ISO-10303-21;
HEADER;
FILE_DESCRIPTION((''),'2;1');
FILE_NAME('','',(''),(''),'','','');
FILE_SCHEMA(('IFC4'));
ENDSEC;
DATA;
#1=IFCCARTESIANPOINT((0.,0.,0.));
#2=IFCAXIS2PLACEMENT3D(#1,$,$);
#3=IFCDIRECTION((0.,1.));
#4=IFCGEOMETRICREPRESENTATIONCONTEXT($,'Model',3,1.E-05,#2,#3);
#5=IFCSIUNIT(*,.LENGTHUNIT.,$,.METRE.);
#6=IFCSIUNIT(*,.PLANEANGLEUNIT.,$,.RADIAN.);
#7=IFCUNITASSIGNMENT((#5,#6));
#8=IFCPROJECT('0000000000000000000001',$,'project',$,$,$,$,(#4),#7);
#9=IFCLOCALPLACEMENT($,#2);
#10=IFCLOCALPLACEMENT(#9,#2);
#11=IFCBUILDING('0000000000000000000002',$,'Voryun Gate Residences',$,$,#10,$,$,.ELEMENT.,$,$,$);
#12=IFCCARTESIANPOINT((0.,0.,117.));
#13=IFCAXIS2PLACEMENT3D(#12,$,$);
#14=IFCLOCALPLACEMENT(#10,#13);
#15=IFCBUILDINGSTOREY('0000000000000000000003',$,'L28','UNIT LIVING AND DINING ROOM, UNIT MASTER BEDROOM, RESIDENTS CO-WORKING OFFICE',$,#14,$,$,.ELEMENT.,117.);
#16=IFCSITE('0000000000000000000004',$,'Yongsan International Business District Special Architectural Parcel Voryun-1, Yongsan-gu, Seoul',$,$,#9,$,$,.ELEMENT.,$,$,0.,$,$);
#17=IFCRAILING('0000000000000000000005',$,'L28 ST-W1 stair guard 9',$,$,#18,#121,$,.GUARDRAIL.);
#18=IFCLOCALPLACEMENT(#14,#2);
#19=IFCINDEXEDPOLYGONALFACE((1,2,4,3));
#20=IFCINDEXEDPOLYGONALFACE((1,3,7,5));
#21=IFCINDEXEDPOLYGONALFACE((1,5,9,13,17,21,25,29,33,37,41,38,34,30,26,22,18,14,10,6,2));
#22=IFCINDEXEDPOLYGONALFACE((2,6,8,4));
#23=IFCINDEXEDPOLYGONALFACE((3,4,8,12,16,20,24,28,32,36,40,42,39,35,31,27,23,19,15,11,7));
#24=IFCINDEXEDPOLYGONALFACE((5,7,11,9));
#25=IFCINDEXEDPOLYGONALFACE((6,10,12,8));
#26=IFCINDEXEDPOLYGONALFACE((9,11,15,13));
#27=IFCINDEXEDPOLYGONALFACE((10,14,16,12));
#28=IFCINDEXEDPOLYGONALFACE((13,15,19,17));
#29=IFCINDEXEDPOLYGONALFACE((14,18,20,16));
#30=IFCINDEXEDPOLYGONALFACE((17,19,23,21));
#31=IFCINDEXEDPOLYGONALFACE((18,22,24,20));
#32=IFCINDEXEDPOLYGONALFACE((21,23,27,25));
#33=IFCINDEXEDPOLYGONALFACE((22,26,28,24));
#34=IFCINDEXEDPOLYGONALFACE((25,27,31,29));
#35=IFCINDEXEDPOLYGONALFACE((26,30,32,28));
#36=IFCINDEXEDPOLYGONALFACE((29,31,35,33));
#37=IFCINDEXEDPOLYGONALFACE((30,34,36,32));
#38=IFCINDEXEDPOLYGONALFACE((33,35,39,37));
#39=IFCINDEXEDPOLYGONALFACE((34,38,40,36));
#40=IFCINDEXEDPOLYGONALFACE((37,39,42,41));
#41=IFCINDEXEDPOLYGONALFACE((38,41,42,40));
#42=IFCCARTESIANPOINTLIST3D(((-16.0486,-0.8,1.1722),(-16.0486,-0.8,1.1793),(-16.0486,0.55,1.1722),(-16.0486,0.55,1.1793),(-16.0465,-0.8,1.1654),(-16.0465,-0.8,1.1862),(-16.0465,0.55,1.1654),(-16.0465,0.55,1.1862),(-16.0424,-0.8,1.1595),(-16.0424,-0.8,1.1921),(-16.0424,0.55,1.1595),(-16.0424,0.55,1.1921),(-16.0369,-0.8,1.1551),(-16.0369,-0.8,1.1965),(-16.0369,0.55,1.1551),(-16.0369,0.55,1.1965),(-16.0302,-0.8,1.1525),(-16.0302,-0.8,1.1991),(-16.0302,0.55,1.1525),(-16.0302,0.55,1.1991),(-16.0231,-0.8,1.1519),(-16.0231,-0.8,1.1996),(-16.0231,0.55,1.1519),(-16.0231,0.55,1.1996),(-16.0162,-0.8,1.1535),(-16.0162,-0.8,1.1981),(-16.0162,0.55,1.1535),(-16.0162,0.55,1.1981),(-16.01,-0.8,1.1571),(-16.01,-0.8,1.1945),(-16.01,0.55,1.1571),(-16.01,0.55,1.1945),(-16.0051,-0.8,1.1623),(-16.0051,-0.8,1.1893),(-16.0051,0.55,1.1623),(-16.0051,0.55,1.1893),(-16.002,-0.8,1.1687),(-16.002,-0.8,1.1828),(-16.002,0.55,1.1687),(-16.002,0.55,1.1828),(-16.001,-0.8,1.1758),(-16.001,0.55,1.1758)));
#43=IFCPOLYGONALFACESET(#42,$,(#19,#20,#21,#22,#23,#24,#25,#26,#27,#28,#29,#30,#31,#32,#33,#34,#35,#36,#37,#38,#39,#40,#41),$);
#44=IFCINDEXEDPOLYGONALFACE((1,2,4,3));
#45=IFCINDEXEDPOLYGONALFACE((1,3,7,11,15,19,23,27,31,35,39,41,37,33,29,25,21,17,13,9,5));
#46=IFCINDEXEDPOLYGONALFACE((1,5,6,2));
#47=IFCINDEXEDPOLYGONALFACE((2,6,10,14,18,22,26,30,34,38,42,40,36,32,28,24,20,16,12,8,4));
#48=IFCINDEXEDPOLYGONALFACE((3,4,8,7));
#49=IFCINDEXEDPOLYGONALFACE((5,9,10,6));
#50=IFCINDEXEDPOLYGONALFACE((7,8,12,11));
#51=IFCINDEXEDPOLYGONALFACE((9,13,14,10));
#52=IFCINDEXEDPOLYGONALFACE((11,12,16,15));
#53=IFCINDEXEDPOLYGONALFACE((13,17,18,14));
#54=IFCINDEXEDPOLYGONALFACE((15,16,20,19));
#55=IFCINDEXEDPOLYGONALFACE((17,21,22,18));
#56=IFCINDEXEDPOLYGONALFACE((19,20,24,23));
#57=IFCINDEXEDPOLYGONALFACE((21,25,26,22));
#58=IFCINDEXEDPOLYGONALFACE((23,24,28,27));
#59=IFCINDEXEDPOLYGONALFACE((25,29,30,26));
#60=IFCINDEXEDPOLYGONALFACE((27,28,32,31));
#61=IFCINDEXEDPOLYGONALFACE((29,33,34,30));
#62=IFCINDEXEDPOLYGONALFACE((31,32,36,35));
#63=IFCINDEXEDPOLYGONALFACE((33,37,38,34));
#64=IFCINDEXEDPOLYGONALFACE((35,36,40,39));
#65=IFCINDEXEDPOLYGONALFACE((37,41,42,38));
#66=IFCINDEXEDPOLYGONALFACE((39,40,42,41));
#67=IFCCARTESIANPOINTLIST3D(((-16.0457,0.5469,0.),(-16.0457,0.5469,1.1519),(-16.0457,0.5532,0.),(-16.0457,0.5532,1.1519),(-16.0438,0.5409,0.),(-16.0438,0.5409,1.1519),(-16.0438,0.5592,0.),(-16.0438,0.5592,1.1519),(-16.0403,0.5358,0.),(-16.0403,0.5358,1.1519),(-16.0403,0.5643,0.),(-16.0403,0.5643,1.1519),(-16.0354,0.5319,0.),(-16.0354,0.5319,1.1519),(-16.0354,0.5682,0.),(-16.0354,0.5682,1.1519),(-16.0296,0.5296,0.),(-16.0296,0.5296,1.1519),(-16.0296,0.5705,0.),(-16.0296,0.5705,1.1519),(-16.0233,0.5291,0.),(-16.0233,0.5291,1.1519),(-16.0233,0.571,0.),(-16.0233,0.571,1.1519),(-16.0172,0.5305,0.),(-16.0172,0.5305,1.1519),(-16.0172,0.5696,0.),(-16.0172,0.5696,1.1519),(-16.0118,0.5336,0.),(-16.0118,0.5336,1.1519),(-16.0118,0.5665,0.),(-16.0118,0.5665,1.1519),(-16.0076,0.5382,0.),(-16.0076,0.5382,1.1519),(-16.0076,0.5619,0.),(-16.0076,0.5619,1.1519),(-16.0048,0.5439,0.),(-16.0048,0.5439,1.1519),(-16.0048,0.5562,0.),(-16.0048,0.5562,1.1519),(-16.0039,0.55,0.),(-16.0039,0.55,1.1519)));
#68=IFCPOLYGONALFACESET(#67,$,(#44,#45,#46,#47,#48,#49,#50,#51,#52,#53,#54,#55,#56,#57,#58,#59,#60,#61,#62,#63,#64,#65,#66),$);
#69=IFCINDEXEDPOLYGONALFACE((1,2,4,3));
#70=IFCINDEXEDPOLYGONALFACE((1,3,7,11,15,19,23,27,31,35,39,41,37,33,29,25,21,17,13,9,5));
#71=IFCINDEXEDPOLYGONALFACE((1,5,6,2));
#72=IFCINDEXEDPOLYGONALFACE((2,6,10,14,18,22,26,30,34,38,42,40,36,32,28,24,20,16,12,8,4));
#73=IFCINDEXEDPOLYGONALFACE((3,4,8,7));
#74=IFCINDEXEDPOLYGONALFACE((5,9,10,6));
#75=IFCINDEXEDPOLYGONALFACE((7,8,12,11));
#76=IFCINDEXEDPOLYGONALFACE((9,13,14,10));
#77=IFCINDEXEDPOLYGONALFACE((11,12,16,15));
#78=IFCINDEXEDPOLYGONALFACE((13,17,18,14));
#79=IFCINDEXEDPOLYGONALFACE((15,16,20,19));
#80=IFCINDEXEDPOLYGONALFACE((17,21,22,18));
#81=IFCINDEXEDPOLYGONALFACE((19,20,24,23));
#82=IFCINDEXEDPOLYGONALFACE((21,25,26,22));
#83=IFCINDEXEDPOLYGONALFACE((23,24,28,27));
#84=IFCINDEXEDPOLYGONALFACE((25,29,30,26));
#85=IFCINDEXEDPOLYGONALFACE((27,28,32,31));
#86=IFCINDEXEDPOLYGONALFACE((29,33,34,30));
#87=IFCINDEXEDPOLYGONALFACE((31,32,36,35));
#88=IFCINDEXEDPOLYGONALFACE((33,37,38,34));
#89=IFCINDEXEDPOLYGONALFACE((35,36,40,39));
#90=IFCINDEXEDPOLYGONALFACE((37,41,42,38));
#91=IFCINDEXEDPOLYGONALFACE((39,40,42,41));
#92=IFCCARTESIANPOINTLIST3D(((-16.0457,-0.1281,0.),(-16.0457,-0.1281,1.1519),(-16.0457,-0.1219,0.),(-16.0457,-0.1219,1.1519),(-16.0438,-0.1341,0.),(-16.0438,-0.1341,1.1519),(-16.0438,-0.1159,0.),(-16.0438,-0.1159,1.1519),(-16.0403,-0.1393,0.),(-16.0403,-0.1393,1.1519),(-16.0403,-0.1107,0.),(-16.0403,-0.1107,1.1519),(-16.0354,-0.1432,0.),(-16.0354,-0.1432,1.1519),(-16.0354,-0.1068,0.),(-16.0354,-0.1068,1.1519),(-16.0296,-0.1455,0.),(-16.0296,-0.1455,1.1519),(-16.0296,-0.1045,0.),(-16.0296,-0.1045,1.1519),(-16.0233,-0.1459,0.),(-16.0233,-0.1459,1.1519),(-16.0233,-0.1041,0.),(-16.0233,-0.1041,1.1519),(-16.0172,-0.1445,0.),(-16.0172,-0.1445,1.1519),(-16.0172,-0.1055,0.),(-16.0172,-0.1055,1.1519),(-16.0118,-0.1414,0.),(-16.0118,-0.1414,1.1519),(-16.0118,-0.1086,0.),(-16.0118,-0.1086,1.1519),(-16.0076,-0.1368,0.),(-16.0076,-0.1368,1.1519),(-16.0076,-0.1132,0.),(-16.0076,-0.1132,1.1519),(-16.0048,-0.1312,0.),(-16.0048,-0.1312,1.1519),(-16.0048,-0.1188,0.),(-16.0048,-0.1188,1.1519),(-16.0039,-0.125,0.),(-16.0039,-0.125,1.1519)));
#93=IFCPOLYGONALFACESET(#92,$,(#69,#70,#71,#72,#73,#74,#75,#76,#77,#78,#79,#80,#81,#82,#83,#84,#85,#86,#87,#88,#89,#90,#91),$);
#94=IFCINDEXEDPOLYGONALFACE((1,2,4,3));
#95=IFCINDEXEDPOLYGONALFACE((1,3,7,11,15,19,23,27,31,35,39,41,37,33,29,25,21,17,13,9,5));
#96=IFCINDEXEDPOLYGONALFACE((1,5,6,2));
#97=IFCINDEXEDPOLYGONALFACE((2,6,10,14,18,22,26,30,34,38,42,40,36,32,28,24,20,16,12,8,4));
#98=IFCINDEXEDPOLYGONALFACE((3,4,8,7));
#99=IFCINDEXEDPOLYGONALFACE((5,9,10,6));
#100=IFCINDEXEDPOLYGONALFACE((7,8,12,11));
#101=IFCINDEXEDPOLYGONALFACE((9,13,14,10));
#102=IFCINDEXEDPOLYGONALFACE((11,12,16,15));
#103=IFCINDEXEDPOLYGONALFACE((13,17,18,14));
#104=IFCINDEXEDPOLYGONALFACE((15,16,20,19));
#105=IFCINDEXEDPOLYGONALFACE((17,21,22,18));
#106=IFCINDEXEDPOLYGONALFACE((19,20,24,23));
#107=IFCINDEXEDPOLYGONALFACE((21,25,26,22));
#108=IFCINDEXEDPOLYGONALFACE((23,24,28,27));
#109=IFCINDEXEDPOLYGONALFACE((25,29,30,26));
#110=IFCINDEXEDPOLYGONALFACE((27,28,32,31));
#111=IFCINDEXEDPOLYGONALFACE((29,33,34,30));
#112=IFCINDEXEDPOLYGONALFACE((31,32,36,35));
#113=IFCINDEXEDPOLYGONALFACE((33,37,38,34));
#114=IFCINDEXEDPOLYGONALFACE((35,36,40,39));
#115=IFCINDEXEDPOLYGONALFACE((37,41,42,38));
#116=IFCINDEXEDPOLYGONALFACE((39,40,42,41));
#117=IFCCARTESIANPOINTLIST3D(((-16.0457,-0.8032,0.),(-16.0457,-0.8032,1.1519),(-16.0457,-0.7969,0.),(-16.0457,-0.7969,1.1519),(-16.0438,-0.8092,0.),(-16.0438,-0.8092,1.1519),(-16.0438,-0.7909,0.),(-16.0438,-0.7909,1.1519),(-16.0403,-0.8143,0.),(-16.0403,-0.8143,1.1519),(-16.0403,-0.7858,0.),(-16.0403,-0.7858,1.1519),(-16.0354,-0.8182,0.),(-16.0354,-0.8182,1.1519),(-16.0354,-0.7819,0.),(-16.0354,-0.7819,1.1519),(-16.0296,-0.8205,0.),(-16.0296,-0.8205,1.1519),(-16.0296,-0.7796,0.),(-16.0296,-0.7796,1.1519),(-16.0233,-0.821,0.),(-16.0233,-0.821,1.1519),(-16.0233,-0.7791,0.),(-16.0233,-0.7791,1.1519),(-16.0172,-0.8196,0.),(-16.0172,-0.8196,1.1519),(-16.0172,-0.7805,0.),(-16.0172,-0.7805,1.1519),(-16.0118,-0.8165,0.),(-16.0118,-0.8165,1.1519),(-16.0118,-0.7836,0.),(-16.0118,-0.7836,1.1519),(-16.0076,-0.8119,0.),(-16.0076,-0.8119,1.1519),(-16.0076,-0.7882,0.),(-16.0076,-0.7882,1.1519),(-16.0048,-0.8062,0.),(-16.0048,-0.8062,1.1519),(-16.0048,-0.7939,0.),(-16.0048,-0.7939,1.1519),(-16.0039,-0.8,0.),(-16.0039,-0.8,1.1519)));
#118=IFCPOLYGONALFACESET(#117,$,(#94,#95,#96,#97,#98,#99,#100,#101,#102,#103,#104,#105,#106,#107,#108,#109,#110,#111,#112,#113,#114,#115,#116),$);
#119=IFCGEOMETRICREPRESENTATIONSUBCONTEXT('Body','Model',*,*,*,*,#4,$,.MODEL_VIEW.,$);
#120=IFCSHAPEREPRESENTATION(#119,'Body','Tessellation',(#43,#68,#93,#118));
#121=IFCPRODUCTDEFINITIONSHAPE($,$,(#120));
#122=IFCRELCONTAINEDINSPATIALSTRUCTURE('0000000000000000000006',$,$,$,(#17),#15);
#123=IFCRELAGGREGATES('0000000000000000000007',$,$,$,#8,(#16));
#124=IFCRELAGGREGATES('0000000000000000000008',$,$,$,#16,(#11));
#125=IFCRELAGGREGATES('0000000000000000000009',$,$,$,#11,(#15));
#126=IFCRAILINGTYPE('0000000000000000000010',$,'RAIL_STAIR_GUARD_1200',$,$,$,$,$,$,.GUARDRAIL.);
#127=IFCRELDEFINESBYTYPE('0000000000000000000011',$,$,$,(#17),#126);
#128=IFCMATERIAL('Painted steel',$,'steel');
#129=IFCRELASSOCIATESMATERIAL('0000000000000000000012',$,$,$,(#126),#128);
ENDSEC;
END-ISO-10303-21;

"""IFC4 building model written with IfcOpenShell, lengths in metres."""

from ifc_helpers import new_model, si_unit, direction, frame, origin, origin_2d, place, context, subcontext, project, spatial, circle, extrude, material, type_object, element, save


model = new_model("IFC4")

# Units and contexts
model_context = context("Model", 3, precision=1e-05, world=origin(), true_north=direction((0.0, 1.0)))
body_context = subcontext(model_context, "Body", "Model", "MODEL_VIEW")
ifc_project = project(units=[si_unit("LENGTHUNIT", "METRE"), si_unit("PLANEANGLEUNIT", "RADIAN")], contexts=[model_context])

# Site, building, storey
site_placement = place(None, origin())
site = spatial("IfcSite", under=ifc_project, at=site_placement, Name="Yongsan International Business District Special Architectural Parcel Voryun-1, Yongsan-gu, Seoul", CompositionType="ELEMENT", RefElevation=0.0)
building_placement = place(site_placement, origin())
building = spatial("IfcBuilding", under=site, at=building_placement, Name="Voryun Gate Residences", CompositionType="ELEMENT")
storey_placement = place(building_placement, frame((0.0, 0.0, 117.0)))
storey = spatial("IfcBuildingStorey", under=building, at=storey_placement, Name="L28", Description="UNIT LIVING AND DINING ROOM, UNIT MASTER BEDROOM, RESIDENTS CO-WORKING OFFICE", CompositionType="ELEMENT", Elevation=117.0)

# Railing
ifc_material_1 = material(Name="Painted steel", Category="steel")
railing_type = type_object("IfcRailingType", Name="RAIL_STAIR_GUARD_1200", PredefinedType="GUARDRAIL", material=ifc_material_1)
for number, where, name in (
    (1, (-16.0249, 0.55, 0.0), "L28 ST-W1 stair guard 9"),
):
    element("IfcRailing", number, at=place(storey_placement, frame(where)), inside=storey, type_object=railing_type, Name=name, PredefinedType="GUARDRAIL", context=body_context, shape_type="SweptSolid", body=[
        extrude(circle(Radius=0.0239, at=origin_2d()), frame((0.0, 0.0, 1.1758), z_axis=(0.0, -1.0, 0.0), x_axis=(1.0, 0.0, 0.0)), (0.0, 0.0, 1.0), 1.3501),
        extrude(circle(Radius=0.021, at=origin_2d()), origin(), (0.0, 0.0, 1.0), 1.1519),
        extrude(circle(Radius=0.021, at=origin_2d()), frame((0.0, -0.675, 0.0)), (0.0, 0.0, 1.0), 1.1519),
        extrude(circle(Radius=0.021, at=origin_2d()), frame((0.0, -1.3501, 0.0)), (0.0, 0.0, 1.0), 1.1519),
    ])

save(model, "model.ifc")
